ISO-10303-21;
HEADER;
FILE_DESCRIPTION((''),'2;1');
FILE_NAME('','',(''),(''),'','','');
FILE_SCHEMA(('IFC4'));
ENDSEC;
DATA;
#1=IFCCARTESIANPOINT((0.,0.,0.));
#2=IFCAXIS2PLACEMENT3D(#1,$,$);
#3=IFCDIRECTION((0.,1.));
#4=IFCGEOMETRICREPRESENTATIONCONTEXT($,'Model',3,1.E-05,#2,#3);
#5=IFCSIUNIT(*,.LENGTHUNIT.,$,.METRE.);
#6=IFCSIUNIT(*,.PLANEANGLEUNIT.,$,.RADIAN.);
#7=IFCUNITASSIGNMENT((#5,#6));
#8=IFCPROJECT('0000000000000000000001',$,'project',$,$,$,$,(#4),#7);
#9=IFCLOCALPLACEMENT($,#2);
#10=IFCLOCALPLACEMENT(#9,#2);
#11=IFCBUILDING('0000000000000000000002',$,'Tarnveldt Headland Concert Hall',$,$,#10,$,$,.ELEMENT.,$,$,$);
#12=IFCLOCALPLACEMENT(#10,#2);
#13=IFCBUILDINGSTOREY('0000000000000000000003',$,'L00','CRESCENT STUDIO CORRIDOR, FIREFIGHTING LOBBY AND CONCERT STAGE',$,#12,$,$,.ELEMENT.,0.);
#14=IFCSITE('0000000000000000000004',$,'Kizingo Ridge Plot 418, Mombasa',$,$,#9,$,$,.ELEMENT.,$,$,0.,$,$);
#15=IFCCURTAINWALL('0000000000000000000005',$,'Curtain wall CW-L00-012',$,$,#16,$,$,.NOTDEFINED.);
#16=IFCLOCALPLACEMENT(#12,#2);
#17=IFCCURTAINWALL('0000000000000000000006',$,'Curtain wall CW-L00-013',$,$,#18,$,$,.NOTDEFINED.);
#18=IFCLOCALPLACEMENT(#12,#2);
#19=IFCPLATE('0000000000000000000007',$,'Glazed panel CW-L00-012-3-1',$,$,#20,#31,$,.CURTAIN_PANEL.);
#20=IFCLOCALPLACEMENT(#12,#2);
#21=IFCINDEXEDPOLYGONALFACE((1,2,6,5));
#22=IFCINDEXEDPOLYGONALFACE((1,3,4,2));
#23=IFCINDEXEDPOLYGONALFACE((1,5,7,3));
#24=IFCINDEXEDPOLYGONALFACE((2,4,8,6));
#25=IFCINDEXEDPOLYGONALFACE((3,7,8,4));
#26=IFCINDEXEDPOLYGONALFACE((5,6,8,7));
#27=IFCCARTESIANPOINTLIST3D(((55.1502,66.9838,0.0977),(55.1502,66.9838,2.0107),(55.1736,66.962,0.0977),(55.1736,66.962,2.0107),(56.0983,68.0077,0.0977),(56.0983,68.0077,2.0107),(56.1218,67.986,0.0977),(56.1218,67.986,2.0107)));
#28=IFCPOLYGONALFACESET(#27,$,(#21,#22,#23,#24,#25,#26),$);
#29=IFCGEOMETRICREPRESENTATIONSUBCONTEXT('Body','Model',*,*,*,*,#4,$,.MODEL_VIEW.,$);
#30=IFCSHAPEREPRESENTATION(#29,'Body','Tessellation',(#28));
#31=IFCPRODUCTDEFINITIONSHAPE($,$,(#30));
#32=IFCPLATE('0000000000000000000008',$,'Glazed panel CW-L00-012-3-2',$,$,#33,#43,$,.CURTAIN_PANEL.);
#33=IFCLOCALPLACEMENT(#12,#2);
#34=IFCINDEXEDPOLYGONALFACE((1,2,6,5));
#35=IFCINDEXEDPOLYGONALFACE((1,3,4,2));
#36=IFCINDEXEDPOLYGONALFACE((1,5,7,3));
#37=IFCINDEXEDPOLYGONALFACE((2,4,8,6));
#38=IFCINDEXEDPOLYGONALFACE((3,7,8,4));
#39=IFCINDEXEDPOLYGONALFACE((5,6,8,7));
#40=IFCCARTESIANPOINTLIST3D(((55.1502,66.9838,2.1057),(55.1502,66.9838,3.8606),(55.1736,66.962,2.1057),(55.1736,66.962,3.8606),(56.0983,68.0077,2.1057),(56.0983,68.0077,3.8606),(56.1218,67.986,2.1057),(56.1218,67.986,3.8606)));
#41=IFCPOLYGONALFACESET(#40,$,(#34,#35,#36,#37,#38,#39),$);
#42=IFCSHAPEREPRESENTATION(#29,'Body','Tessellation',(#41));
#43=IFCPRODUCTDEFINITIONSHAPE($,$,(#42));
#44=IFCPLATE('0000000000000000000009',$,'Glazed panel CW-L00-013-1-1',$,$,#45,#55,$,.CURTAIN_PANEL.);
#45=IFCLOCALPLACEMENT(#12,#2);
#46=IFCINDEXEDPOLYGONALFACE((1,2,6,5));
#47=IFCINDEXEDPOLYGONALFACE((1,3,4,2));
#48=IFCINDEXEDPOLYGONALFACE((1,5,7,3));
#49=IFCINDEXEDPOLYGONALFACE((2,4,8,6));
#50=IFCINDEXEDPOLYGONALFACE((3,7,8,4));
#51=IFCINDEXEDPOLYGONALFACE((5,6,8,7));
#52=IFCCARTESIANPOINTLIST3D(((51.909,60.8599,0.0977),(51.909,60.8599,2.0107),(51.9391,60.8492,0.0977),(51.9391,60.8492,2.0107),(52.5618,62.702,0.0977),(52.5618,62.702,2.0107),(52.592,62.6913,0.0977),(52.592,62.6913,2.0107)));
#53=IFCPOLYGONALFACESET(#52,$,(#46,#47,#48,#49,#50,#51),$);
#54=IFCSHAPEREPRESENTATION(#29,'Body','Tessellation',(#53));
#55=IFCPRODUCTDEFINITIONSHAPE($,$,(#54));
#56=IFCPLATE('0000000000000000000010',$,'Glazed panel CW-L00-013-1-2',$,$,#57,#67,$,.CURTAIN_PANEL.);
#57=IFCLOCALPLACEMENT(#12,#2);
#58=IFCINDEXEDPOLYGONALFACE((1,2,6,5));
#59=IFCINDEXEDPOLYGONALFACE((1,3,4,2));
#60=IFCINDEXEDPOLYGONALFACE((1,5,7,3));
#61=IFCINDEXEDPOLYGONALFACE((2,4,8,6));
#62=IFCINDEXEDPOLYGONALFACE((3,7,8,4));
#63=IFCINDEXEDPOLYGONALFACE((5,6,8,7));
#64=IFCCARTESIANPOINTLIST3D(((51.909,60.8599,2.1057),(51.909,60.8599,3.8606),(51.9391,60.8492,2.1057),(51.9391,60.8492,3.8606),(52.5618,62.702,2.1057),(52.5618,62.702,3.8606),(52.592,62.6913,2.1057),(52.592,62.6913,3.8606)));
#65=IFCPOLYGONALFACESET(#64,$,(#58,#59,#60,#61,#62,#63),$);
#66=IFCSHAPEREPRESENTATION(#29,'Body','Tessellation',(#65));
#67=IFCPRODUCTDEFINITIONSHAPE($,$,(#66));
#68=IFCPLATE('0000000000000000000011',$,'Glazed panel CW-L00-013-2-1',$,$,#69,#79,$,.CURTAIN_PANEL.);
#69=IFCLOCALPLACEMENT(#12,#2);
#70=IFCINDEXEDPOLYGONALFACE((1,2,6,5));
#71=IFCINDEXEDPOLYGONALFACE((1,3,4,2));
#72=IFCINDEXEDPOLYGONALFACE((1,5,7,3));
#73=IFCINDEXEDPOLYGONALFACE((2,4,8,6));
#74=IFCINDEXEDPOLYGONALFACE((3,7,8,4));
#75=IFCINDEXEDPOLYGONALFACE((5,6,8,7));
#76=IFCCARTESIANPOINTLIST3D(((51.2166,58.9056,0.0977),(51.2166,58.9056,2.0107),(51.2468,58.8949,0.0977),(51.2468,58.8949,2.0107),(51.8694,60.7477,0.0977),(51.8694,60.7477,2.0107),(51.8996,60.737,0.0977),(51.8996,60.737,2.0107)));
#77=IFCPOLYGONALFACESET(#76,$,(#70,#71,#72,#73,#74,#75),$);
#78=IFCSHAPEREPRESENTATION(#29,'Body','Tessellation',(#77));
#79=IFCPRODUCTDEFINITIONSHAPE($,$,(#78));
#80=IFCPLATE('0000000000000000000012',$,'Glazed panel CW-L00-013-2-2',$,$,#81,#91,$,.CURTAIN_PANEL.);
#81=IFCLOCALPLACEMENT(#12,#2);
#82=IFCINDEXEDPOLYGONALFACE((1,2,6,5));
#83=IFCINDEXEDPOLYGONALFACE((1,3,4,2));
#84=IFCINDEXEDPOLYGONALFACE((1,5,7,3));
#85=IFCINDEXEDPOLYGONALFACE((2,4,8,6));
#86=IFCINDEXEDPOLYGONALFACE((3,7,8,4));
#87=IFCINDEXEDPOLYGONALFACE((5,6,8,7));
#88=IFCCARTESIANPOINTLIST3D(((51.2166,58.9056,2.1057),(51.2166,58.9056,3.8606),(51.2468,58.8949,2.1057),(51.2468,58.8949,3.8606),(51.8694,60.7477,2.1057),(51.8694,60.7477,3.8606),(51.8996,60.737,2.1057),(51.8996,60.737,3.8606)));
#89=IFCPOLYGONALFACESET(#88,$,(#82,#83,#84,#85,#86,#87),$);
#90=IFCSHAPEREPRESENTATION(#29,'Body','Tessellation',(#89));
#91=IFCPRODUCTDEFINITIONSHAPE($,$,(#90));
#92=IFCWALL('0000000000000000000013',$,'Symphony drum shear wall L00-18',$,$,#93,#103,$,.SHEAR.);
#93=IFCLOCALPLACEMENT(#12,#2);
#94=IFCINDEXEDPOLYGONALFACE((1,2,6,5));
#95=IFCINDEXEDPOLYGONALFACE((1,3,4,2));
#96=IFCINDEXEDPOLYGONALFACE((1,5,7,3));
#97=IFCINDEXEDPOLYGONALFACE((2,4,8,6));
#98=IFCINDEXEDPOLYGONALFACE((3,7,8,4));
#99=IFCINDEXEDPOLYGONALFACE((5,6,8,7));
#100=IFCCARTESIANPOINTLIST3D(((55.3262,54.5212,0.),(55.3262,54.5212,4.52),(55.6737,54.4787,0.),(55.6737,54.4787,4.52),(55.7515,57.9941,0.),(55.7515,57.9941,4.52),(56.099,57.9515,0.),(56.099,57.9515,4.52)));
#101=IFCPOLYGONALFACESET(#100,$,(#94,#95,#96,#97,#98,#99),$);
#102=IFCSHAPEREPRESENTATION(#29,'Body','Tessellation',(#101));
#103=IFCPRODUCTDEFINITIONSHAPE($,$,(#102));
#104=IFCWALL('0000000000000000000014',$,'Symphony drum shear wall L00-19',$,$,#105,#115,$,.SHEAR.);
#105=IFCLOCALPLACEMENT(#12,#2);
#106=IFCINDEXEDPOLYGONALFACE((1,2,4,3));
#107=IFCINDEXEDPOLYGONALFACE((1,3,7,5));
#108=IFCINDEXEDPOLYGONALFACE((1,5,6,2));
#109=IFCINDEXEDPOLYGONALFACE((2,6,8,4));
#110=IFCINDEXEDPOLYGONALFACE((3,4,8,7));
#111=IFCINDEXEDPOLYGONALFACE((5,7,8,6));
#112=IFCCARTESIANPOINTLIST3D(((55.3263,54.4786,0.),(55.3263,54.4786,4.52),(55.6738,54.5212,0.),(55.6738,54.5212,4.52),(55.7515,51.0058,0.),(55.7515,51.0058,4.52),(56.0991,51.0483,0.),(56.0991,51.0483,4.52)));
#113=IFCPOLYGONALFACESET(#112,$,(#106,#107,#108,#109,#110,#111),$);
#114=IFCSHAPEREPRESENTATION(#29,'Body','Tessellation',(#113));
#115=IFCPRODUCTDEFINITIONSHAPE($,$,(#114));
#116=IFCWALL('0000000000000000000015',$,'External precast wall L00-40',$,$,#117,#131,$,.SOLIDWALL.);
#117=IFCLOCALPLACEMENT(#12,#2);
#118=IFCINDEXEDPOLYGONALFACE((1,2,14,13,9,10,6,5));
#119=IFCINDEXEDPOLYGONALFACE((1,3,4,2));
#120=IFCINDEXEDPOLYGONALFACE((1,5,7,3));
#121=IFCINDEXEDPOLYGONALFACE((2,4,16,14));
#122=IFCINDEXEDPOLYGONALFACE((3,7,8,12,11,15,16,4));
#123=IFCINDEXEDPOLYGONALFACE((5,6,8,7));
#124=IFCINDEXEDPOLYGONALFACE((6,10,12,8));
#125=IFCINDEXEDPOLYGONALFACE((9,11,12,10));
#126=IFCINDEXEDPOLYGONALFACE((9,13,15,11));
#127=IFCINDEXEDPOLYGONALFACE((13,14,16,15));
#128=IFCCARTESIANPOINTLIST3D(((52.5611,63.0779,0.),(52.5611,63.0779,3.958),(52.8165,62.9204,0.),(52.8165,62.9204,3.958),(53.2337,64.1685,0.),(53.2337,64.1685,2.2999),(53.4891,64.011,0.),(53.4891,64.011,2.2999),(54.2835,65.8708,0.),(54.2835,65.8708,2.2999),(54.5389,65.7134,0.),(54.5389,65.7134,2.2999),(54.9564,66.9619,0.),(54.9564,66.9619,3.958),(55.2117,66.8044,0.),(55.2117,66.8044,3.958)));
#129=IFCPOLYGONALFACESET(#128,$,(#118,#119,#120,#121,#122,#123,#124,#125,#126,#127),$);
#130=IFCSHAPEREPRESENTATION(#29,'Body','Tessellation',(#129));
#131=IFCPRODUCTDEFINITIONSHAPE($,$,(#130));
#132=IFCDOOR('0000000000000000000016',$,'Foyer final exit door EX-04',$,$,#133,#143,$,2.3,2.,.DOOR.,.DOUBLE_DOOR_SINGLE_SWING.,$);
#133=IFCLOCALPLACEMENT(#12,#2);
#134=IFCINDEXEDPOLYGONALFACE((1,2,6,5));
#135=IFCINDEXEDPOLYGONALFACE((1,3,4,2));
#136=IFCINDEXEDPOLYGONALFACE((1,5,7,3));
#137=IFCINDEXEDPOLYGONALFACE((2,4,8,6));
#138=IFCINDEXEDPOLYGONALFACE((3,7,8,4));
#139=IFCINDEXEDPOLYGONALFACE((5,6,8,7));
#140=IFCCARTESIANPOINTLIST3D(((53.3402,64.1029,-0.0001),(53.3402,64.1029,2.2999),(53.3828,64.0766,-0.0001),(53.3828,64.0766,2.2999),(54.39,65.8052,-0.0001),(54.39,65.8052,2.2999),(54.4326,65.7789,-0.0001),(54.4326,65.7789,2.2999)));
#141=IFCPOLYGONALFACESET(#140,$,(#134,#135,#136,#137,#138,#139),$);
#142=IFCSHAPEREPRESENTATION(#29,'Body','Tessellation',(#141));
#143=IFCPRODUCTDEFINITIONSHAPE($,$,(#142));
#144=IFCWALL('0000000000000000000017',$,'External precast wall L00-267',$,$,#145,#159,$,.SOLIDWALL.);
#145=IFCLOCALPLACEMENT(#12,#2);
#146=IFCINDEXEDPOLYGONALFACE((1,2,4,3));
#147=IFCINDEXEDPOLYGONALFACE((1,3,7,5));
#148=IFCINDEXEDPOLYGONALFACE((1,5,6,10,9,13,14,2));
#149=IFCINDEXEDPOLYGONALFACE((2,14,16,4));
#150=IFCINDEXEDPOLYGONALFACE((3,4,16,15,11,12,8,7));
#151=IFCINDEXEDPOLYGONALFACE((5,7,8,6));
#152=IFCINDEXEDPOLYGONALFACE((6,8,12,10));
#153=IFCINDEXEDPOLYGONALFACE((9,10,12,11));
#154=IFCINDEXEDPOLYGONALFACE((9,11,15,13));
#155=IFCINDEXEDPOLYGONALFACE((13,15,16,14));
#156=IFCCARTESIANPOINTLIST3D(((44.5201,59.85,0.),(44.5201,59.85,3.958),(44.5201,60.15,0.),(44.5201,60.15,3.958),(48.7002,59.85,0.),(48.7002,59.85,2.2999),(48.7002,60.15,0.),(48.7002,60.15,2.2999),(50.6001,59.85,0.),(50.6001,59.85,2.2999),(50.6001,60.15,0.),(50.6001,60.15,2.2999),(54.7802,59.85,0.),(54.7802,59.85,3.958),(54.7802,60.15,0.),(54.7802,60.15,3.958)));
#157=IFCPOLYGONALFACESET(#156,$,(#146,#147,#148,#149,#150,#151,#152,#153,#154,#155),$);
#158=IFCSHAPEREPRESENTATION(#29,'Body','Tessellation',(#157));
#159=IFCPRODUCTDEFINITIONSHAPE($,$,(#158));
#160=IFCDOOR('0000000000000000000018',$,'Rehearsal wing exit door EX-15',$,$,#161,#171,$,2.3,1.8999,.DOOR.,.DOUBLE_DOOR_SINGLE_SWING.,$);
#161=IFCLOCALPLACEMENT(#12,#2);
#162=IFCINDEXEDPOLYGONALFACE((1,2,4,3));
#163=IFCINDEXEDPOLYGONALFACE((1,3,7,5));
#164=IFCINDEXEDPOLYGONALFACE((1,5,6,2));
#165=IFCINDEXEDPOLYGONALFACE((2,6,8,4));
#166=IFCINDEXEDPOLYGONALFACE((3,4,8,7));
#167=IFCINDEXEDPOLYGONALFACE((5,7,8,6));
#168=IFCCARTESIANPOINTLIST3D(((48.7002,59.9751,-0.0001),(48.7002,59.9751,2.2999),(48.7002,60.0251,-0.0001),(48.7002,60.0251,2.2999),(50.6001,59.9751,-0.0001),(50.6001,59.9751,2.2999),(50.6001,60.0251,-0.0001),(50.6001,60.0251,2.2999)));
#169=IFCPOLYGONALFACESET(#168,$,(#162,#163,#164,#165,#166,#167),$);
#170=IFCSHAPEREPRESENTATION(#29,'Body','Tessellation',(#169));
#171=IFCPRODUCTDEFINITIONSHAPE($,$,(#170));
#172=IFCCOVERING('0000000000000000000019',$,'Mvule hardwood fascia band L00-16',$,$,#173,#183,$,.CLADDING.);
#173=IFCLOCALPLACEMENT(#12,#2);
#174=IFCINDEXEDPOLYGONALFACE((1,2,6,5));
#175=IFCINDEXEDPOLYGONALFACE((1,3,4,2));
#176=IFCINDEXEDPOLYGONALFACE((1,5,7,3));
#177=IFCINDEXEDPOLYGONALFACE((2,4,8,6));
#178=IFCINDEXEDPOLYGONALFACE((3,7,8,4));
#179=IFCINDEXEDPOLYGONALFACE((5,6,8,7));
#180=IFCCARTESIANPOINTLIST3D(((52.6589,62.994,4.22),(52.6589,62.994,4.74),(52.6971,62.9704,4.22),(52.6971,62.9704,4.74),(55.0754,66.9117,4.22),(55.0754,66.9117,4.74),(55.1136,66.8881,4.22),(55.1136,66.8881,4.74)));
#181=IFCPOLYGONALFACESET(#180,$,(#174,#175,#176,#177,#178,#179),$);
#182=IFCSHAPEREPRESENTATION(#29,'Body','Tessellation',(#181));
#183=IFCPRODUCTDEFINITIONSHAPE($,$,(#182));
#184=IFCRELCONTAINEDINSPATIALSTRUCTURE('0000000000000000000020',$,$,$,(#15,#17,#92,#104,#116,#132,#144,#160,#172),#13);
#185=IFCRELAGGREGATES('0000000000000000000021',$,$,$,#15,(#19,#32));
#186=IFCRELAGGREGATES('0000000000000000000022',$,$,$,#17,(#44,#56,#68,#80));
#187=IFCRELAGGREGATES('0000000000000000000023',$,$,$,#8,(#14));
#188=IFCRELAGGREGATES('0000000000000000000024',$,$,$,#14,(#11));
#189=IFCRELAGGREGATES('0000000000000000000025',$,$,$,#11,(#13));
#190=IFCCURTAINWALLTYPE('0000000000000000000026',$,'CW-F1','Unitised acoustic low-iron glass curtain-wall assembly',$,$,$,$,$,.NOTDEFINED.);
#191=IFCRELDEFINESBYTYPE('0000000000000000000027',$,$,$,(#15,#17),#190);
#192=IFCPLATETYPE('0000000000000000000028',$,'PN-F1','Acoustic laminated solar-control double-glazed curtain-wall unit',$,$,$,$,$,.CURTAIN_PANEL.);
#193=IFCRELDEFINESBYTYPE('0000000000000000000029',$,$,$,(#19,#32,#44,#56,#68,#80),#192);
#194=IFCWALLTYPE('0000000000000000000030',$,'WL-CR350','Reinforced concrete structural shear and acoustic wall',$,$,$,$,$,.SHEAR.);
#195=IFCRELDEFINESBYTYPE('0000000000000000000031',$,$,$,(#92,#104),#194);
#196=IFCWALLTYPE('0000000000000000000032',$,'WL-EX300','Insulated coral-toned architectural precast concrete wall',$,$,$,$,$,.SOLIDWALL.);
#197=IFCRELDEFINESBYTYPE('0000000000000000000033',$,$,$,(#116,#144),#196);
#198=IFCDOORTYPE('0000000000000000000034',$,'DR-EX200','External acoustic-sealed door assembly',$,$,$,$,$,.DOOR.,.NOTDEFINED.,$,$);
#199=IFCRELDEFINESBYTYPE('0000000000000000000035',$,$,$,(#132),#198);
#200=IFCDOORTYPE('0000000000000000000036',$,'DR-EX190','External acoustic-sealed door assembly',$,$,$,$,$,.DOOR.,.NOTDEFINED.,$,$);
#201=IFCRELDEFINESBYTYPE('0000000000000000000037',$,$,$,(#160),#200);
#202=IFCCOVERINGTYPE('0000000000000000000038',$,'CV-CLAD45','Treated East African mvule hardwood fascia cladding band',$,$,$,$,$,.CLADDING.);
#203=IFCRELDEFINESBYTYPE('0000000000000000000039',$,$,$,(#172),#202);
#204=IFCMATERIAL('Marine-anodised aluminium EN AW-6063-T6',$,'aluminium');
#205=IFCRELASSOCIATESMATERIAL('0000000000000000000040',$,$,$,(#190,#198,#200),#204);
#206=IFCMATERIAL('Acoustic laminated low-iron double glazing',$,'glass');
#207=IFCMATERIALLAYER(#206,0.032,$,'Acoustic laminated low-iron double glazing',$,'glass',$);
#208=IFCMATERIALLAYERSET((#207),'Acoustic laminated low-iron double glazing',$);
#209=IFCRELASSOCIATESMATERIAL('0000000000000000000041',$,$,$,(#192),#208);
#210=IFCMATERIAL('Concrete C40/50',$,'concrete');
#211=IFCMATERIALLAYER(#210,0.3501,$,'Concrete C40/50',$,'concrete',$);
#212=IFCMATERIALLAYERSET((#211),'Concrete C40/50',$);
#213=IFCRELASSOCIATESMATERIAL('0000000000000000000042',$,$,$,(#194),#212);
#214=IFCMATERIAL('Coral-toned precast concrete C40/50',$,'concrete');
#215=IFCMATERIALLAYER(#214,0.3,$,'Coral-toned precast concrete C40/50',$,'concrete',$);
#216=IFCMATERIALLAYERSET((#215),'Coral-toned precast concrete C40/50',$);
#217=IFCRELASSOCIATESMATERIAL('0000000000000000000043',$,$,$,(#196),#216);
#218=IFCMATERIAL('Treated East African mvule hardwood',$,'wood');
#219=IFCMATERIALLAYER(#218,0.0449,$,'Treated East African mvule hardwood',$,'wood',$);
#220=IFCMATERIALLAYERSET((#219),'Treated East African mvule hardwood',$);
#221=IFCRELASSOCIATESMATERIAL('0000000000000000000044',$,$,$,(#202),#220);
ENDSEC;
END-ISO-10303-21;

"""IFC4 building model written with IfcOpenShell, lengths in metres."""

from ifc_helpers import new_model, si_unit, direction, frame, frame_2d, origin, origin_2d, place, context, subcontext, project, spatial, rectangle, extrude, material, layer, layer_set, type_object, element, fill, aggregate, save


model = new_model("IFC4")

# Units and contexts
model_context = context("Model", 3, precision=1e-05, world=origin(), true_north=direction((0.0, 1.0)))
body_context = subcontext(model_context, "Body", "Model", "MODEL_VIEW")
ifc_project = project(units=[si_unit("LENGTHUNIT", "METRE"), si_unit("PLANEANGLEUNIT", "RADIAN")], contexts=[model_context])

# Site, building, storey
site_placement = place(None, origin())
site = spatial("IfcSite", under=ifc_project, at=site_placement, Name="Kizingo Ridge Plot 418, Mombasa", CompositionType="ELEMENT", RefElevation=0.0)
building_placement = place(site_placement, origin())
building = spatial("IfcBuilding", under=site, at=building_placement, Name="Tarnveldt Headland Concert Hall", CompositionType="ELEMENT")
storey_placement = place(building_placement, origin())
storey = spatial("IfcBuildingStorey", under=building, at=storey_placement, Name="L00", Description="CRESCENT STUDIO CORRIDOR, FIREFIGHTING LOBBY AND CONCERT STAGE", CompositionType="ELEMENT", Elevation=0.0)

# Curtain wall
ifc_material_1 = material(Name="Marine-anodised aluminium EN AW-6063-T6", Category="aluminium")
curtain_wall_type = type_object("IfcCurtainWallType", Name="CW-F1", Description="Unitised acoustic low-iron glass curtain-wall assembly", PredefinedType="NOTDEFINED", material=ifc_material_1)
curtain_wall_1_placement = place(storey_placement, origin())
curtain_wall_1 = element("IfcCurtainWall", 1, at=curtain_wall_1_placement, inside=storey, type_object=curtain_wall_type, Name="Curtain wall CW-L00-012", PredefinedType="NOTDEFINED")

# Curtain wall
curtain_wall_2_placement = place(storey_placement, origin())
curtain_wall_2 = element("IfcCurtainWall", 2, at=curtain_wall_2_placement, inside=storey, type_object=curtain_wall_type, Name="Curtain wall CW-L00-013", PredefinedType="NOTDEFINED")

# Plates
ifc_material_2 = material(Name="Acoustic laminated low-iron double glazing", Category="glass")
ifc_layer_1 = layer(ifc_material_2, 0.032, Name="Acoustic laminated low-iron double glazing", Category="glass")
ifc_layer_set_1 = layer_set([ifc_layer_1], Name="Acoustic laminated low-iron double glazing")
plate_type = type_object("IfcPlateType", Name="PN-F1", Description="Acoustic laminated solar-control double-glazed curtain-wall unit", PredefinedType="CURTAIN_PANEL", material=ifc_layer_set_1)
plate_1_placement = place(storey_placement, frame((55.636, 67.4849, 0.0977), z_axis=(0.0, 0.0, 1.0), x_axis=(-0.679454, -0.733718, 0.0)))
plate_1 = element("IfcPlate", 3, at=plate_1_placement, type_object=plate_type, Name="Glazed panel CW-L00-012-3-1", PredefinedType="CURTAIN_PANEL", context=body_context, shape_type="SweptSolid", body=[
    extrude(rectangle(XDim=1.3955, YDim=0.032, at=origin_2d()), origin(), (0.0, 0.0, 1.0), 1.9131),
])
plate_2_placement = place(storey_placement, frame((55.636, 67.4849, 2.1057), z_axis=(0.0, 0.0, 1.0), x_axis=(-0.679454, -0.733718, 0.0)))
plate_2 = element("IfcPlate", 4, at=plate_2_placement, type_object=plate_type, Name="Glazed panel CW-L00-012-3-2", PredefinedType="CURTAIN_PANEL", context=body_context, shape_type="SweptSolid", body=[
    extrude(rectangle(XDim=1.3955, YDim=0.032, at=origin_2d()), origin(), (0.0, 0.0, 1.0), 1.7549),
])
aggregate(curtain_wall_1, [plate_1, plate_2])
plate_3_placement = place(storey_placement, frame((52.2505, 61.7756, 0.0977), z_axis=(0.0, 0.0, 1.0), x_axis=(-0.334037, -0.94256, 0.0)))
plate_3 = element("IfcPlate", 5, at=plate_3_placement, type_object=plate_type, Name="Glazed panel CW-L00-013-1-1", PredefinedType="CURTAIN_PANEL", context=body_context, shape_type="SweptSolid", body=[
    extrude(rectangle(XDim=1.9543, YDim=0.032, at=origin_2d()), origin(), (0.0, 0.0, 1.0), 1.9131),
])
plate_4_placement = place(storey_placement, frame((52.2505, 61.7756, 2.1057), z_axis=(0.0, 0.0, 1.0), x_axis=(-0.334037, -0.94256, 0.0)))
plate_4 = element("IfcPlate", 6, at=plate_4_placement, type_object=plate_type, Name="Glazed panel CW-L00-013-1-2", PredefinedType="CURTAIN_PANEL", context=body_context, shape_type="SweptSolid", body=[
    extrude(rectangle(XDim=1.9543, YDim=0.032, at=origin_2d()), origin(), (0.0, 0.0, 1.0), 1.7549),
])
plate_5_placement = place(storey_placement, frame((51.5581, 59.8213, 0.0977), z_axis=(0.0, 0.0, 1.0), x_axis=(-0.334037, -0.94256, 0.0)))
plate_5 = element("IfcPlate", 7, at=plate_5_placement, type_object=plate_type, Name="Glazed panel CW-L00-013-2-1", PredefinedType="CURTAIN_PANEL", context=body_context, shape_type="SweptSolid", body=[
    extrude(rectangle(XDim=1.9543, YDim=0.032, at=origin_2d()), origin(), (0.0, 0.0, 1.0), 1.9131),
])
plate_6_placement = place(storey_placement, frame((51.5581, 59.8213, 2.1057), z_axis=(0.0, 0.0, 1.0), x_axis=(-0.334037, -0.94256, 0.0)))
plate_6 = element("IfcPlate", 8, at=plate_6_placement, type_object=plate_type, Name="Glazed panel CW-L00-013-2-2", PredefinedType="CURTAIN_PANEL", context=body_context, shape_type="SweptSolid", body=[
    extrude(rectangle(XDim=1.9543, YDim=0.032, at=origin_2d()), origin(), (0.0, 0.0, 1.0), 1.7549),
])
aggregate(curtain_wall_2, [plate_3, plate_4, plate_5, plate_6])

# Walls
ifc_material_3 = material(Name="Concrete C40/50", Category="concrete")
ifc_layer_2 = layer(ifc_material_3, 0.3501, Name="Concrete C40/50", Category="concrete")
ifc_layer_set_2 = layer_set([ifc_layer_2], Name="Concrete C40/50")
wall_type_1 = type_object("IfcWallType", Name="WL-CR350", Description="Reinforced concrete structural shear and acoustic wall", PredefinedType="SHEAR", material=ifc_layer_set_2)
for number, where, z_axis, x_axis, name in (
    (9, (55.9253, 57.9729, 0.0), (0.0, 0.0, 1.0), (-0.121552, -0.992585, 0.0), "Symphony drum shear wall L00-18"),
    (10, (55.5, 54.5, 0.0), (0.0, 0.0, 1.0), (0.121552, -0.992585, 0.0), "Symphony drum shear wall L00-19"),
):
    element("IfcWall", number, at=place(storey_placement, frame(where, z_axis=z_axis, x_axis=x_axis)), inside=storey, type_object=wall_type_1, Name=name, PredefinedType="SHEAR", context=body_context, shape_type="SweptSolid", body=[
        extrude(rectangle(XDim=3.4988, YDim=0.3501, at=frame_2d((1.7495, 0.0))), origin(), (0.0, 0.0, 1.0), 4.52),
    ])

# Walls, openings, doors
ifc_material_4 = material(Name="Coral-toned precast concrete C40/50", Category="concrete")
ifc_layer_3 = layer(ifc_material_4, 0.3, Name="Coral-toned precast concrete C40/50", Category="concrete")
ifc_layer_set_3 = layer_set([ifc_layer_3], Name="Coral-toned precast concrete C40/50")
wall_type_2 = type_object("IfcWallType", Name="WL-EX300", Description="Insulated coral-toned architectural precast concrete wall", PredefinedType="SOLIDWALL", material=ifc_layer_set_3)
wall_1_placement = place(storey_placement, frame((52.6887, 62.999, 0.0), z_axis=(0.0, 0.0, 1.0), x_axis=(0.524906, 0.85116, 0.0)))
wall_1 = element("IfcWall", 11, at=wall_1_placement, inside=storey, type_object=wall_type_2, Name="External precast wall L00-40", PredefinedType="SOLIDWALL", context=body_context, shape_type="SweptSolid", body=[
    extrude(rectangle(XDim=4.5632, YDim=0.3, at=frame_2d((2.2817, 0.0))), origin(), (0.0, 0.0, 1.0), 3.958),
])
opening_1_placement = place(wall_1_placement, frame((1.2815, 0.0, 0.0)))
opening_1 = element("IfcOpeningElement", 12, at=opening_1_placement, cuts=wall_1, PredefinedType="OPENING", context=body_context, shape_type="SweptSolid", body=[
    extrude(rectangle(XDim=2.0, YDim=2.3, at=frame_2d((1.0, 1.1499))), frame((0.0, 0.1599, 0.0), z_axis=(0.0, -1.0, 0.0), x_axis=(1.0, 0.0, 0.0)), (0.0, 0.0, 1.0), 0.3201),
])
door_type_1 = type_object("IfcDoorType", Name="DR-EX200", Description="External acoustic-sealed door assembly", OperationType="NOTDEFINED", PredefinedType="DOOR", material=ifc_material_1)
door_1_placement = place(opening_1_placement, origin())
door_1 = element("IfcDoor", 13, at=door_1_placement, inside=storey, type_object=door_type_1, Name="Foyer final exit door EX-04", OperationType="DOUBLE_DOOR_SINGLE_SWING", OverallHeight=2.3, OverallWidth=2.0, PredefinedType="DOOR", context=body_context, shape_type="SweptSolid", body=[
    extrude(rectangle(XDim=2.0, YDim=2.3, at=frame_2d((1.0, 1.1499))), frame((0.0, 0.0249, 0.0), z_axis=(0.0, -1.0, 0.0), x_axis=(1.0, 0.0, 0.0)), (0.0, 0.0, 1.0), 0.05),
])
fill(opening_1, door_1)
wall_2_placement = place(storey_placement, frame((54.78, 60.0, 0.0), z_axis=(0.0, 0.0, 1.0), x_axis=(-1.0, 0.0, 0.0)))
wall_2 = element("IfcWall", 14, at=wall_2_placement, inside=storey, type_object=wall_type_2, Name="External precast wall L00-267", PredefinedType="SOLIDWALL", context=body_context, shape_type="SweptSolid", body=[
    extrude(rectangle(XDim=10.26, YDim=0.3, at=frame_2d((5.1299, 0.0))), origin(), (0.0, 0.0, 1.0), 3.958),
])
opening_2_placement = place(wall_2_placement, frame((4.1799, 0.0, 0.0)))
opening_2 = element("IfcOpeningElement", 15, at=opening_2_placement, cuts=wall_2, PredefinedType="OPENING", context=body_context, shape_type="SweptSolid", body=[
    extrude(rectangle(XDim=1.8999, YDim=2.3, at=frame_2d((0.95, 1.1499))), frame((0.0, 0.1599, 0.0), z_axis=(0.0, -1.0, 0.0), x_axis=(1.0, 0.0, 0.0)), (0.0, 0.0, 1.0), 0.3201),
])
door_type_2 = type_object("IfcDoorType", Name="DR-EX190", Description="External acoustic-sealed door assembly", OperationType="NOTDEFINED", PredefinedType="DOOR", material=ifc_material_1)
door_2_placement = place(opening_2_placement, origin())
door_2 = element("IfcDoor", 16, at=door_2_placement, inside=storey, type_object=door_type_2, Name="Rehearsal wing exit door EX-15", OperationType="DOUBLE_DOOR_SINGLE_SWING", OverallHeight=2.3, OverallWidth=1.8999, PredefinedType="DOOR", context=body_context, shape_type="SweptSolid", body=[
    extrude(rectangle(XDim=1.8999, YDim=2.3, at=frame_2d((0.95, 1.1499))), frame((0.0, 0.0249, 0.0), z_axis=(0.0, -1.0, 0.0), x_axis=(1.0, 0.0, 0.0)), (0.0, 0.0, 1.0), 0.05),
])
fill(opening_2, door_2)

# Covering
ifc_material_5 = material(Name="Treated East African mvule hardwood", Category="wood")
ifc_layer_4 = layer(ifc_material_5, 0.0449, Name="Treated East African mvule hardwood", Category="wood")
ifc_layer_set_4 = layer_set([ifc_layer_4], Name="Treated East African mvule hardwood")
covering_type_1 = type_object("IfcCoveringType", Name="CV-CLAD45", Description="Treated East African mvule hardwood fascia cladding band", PredefinedType="CLADDING", material=ifc_layer_set_4)
covering_1_placement = place(storey_placement, frame((55.0945, 66.8999, 4.22), z_axis=(0.0, 0.0, 1.0), x_axis=(-0.524979, -0.851115, 0.0)))
element("IfcCovering", 17, at=covering_1_placement, inside=storey, type_object=covering_type_1, Name="Mvule hardwood fascia band L00-16", PredefinedType="CLADDING", context=body_context, shape_type="SweptSolid", body=[
    extrude(rectangle(XDim=4.603, YDim=0.0449, at=frame_2d((2.3015, 0.0))), origin(), (0.0, 0.0, 1.0), 0.52),
])

save(model, "model.ifc")
